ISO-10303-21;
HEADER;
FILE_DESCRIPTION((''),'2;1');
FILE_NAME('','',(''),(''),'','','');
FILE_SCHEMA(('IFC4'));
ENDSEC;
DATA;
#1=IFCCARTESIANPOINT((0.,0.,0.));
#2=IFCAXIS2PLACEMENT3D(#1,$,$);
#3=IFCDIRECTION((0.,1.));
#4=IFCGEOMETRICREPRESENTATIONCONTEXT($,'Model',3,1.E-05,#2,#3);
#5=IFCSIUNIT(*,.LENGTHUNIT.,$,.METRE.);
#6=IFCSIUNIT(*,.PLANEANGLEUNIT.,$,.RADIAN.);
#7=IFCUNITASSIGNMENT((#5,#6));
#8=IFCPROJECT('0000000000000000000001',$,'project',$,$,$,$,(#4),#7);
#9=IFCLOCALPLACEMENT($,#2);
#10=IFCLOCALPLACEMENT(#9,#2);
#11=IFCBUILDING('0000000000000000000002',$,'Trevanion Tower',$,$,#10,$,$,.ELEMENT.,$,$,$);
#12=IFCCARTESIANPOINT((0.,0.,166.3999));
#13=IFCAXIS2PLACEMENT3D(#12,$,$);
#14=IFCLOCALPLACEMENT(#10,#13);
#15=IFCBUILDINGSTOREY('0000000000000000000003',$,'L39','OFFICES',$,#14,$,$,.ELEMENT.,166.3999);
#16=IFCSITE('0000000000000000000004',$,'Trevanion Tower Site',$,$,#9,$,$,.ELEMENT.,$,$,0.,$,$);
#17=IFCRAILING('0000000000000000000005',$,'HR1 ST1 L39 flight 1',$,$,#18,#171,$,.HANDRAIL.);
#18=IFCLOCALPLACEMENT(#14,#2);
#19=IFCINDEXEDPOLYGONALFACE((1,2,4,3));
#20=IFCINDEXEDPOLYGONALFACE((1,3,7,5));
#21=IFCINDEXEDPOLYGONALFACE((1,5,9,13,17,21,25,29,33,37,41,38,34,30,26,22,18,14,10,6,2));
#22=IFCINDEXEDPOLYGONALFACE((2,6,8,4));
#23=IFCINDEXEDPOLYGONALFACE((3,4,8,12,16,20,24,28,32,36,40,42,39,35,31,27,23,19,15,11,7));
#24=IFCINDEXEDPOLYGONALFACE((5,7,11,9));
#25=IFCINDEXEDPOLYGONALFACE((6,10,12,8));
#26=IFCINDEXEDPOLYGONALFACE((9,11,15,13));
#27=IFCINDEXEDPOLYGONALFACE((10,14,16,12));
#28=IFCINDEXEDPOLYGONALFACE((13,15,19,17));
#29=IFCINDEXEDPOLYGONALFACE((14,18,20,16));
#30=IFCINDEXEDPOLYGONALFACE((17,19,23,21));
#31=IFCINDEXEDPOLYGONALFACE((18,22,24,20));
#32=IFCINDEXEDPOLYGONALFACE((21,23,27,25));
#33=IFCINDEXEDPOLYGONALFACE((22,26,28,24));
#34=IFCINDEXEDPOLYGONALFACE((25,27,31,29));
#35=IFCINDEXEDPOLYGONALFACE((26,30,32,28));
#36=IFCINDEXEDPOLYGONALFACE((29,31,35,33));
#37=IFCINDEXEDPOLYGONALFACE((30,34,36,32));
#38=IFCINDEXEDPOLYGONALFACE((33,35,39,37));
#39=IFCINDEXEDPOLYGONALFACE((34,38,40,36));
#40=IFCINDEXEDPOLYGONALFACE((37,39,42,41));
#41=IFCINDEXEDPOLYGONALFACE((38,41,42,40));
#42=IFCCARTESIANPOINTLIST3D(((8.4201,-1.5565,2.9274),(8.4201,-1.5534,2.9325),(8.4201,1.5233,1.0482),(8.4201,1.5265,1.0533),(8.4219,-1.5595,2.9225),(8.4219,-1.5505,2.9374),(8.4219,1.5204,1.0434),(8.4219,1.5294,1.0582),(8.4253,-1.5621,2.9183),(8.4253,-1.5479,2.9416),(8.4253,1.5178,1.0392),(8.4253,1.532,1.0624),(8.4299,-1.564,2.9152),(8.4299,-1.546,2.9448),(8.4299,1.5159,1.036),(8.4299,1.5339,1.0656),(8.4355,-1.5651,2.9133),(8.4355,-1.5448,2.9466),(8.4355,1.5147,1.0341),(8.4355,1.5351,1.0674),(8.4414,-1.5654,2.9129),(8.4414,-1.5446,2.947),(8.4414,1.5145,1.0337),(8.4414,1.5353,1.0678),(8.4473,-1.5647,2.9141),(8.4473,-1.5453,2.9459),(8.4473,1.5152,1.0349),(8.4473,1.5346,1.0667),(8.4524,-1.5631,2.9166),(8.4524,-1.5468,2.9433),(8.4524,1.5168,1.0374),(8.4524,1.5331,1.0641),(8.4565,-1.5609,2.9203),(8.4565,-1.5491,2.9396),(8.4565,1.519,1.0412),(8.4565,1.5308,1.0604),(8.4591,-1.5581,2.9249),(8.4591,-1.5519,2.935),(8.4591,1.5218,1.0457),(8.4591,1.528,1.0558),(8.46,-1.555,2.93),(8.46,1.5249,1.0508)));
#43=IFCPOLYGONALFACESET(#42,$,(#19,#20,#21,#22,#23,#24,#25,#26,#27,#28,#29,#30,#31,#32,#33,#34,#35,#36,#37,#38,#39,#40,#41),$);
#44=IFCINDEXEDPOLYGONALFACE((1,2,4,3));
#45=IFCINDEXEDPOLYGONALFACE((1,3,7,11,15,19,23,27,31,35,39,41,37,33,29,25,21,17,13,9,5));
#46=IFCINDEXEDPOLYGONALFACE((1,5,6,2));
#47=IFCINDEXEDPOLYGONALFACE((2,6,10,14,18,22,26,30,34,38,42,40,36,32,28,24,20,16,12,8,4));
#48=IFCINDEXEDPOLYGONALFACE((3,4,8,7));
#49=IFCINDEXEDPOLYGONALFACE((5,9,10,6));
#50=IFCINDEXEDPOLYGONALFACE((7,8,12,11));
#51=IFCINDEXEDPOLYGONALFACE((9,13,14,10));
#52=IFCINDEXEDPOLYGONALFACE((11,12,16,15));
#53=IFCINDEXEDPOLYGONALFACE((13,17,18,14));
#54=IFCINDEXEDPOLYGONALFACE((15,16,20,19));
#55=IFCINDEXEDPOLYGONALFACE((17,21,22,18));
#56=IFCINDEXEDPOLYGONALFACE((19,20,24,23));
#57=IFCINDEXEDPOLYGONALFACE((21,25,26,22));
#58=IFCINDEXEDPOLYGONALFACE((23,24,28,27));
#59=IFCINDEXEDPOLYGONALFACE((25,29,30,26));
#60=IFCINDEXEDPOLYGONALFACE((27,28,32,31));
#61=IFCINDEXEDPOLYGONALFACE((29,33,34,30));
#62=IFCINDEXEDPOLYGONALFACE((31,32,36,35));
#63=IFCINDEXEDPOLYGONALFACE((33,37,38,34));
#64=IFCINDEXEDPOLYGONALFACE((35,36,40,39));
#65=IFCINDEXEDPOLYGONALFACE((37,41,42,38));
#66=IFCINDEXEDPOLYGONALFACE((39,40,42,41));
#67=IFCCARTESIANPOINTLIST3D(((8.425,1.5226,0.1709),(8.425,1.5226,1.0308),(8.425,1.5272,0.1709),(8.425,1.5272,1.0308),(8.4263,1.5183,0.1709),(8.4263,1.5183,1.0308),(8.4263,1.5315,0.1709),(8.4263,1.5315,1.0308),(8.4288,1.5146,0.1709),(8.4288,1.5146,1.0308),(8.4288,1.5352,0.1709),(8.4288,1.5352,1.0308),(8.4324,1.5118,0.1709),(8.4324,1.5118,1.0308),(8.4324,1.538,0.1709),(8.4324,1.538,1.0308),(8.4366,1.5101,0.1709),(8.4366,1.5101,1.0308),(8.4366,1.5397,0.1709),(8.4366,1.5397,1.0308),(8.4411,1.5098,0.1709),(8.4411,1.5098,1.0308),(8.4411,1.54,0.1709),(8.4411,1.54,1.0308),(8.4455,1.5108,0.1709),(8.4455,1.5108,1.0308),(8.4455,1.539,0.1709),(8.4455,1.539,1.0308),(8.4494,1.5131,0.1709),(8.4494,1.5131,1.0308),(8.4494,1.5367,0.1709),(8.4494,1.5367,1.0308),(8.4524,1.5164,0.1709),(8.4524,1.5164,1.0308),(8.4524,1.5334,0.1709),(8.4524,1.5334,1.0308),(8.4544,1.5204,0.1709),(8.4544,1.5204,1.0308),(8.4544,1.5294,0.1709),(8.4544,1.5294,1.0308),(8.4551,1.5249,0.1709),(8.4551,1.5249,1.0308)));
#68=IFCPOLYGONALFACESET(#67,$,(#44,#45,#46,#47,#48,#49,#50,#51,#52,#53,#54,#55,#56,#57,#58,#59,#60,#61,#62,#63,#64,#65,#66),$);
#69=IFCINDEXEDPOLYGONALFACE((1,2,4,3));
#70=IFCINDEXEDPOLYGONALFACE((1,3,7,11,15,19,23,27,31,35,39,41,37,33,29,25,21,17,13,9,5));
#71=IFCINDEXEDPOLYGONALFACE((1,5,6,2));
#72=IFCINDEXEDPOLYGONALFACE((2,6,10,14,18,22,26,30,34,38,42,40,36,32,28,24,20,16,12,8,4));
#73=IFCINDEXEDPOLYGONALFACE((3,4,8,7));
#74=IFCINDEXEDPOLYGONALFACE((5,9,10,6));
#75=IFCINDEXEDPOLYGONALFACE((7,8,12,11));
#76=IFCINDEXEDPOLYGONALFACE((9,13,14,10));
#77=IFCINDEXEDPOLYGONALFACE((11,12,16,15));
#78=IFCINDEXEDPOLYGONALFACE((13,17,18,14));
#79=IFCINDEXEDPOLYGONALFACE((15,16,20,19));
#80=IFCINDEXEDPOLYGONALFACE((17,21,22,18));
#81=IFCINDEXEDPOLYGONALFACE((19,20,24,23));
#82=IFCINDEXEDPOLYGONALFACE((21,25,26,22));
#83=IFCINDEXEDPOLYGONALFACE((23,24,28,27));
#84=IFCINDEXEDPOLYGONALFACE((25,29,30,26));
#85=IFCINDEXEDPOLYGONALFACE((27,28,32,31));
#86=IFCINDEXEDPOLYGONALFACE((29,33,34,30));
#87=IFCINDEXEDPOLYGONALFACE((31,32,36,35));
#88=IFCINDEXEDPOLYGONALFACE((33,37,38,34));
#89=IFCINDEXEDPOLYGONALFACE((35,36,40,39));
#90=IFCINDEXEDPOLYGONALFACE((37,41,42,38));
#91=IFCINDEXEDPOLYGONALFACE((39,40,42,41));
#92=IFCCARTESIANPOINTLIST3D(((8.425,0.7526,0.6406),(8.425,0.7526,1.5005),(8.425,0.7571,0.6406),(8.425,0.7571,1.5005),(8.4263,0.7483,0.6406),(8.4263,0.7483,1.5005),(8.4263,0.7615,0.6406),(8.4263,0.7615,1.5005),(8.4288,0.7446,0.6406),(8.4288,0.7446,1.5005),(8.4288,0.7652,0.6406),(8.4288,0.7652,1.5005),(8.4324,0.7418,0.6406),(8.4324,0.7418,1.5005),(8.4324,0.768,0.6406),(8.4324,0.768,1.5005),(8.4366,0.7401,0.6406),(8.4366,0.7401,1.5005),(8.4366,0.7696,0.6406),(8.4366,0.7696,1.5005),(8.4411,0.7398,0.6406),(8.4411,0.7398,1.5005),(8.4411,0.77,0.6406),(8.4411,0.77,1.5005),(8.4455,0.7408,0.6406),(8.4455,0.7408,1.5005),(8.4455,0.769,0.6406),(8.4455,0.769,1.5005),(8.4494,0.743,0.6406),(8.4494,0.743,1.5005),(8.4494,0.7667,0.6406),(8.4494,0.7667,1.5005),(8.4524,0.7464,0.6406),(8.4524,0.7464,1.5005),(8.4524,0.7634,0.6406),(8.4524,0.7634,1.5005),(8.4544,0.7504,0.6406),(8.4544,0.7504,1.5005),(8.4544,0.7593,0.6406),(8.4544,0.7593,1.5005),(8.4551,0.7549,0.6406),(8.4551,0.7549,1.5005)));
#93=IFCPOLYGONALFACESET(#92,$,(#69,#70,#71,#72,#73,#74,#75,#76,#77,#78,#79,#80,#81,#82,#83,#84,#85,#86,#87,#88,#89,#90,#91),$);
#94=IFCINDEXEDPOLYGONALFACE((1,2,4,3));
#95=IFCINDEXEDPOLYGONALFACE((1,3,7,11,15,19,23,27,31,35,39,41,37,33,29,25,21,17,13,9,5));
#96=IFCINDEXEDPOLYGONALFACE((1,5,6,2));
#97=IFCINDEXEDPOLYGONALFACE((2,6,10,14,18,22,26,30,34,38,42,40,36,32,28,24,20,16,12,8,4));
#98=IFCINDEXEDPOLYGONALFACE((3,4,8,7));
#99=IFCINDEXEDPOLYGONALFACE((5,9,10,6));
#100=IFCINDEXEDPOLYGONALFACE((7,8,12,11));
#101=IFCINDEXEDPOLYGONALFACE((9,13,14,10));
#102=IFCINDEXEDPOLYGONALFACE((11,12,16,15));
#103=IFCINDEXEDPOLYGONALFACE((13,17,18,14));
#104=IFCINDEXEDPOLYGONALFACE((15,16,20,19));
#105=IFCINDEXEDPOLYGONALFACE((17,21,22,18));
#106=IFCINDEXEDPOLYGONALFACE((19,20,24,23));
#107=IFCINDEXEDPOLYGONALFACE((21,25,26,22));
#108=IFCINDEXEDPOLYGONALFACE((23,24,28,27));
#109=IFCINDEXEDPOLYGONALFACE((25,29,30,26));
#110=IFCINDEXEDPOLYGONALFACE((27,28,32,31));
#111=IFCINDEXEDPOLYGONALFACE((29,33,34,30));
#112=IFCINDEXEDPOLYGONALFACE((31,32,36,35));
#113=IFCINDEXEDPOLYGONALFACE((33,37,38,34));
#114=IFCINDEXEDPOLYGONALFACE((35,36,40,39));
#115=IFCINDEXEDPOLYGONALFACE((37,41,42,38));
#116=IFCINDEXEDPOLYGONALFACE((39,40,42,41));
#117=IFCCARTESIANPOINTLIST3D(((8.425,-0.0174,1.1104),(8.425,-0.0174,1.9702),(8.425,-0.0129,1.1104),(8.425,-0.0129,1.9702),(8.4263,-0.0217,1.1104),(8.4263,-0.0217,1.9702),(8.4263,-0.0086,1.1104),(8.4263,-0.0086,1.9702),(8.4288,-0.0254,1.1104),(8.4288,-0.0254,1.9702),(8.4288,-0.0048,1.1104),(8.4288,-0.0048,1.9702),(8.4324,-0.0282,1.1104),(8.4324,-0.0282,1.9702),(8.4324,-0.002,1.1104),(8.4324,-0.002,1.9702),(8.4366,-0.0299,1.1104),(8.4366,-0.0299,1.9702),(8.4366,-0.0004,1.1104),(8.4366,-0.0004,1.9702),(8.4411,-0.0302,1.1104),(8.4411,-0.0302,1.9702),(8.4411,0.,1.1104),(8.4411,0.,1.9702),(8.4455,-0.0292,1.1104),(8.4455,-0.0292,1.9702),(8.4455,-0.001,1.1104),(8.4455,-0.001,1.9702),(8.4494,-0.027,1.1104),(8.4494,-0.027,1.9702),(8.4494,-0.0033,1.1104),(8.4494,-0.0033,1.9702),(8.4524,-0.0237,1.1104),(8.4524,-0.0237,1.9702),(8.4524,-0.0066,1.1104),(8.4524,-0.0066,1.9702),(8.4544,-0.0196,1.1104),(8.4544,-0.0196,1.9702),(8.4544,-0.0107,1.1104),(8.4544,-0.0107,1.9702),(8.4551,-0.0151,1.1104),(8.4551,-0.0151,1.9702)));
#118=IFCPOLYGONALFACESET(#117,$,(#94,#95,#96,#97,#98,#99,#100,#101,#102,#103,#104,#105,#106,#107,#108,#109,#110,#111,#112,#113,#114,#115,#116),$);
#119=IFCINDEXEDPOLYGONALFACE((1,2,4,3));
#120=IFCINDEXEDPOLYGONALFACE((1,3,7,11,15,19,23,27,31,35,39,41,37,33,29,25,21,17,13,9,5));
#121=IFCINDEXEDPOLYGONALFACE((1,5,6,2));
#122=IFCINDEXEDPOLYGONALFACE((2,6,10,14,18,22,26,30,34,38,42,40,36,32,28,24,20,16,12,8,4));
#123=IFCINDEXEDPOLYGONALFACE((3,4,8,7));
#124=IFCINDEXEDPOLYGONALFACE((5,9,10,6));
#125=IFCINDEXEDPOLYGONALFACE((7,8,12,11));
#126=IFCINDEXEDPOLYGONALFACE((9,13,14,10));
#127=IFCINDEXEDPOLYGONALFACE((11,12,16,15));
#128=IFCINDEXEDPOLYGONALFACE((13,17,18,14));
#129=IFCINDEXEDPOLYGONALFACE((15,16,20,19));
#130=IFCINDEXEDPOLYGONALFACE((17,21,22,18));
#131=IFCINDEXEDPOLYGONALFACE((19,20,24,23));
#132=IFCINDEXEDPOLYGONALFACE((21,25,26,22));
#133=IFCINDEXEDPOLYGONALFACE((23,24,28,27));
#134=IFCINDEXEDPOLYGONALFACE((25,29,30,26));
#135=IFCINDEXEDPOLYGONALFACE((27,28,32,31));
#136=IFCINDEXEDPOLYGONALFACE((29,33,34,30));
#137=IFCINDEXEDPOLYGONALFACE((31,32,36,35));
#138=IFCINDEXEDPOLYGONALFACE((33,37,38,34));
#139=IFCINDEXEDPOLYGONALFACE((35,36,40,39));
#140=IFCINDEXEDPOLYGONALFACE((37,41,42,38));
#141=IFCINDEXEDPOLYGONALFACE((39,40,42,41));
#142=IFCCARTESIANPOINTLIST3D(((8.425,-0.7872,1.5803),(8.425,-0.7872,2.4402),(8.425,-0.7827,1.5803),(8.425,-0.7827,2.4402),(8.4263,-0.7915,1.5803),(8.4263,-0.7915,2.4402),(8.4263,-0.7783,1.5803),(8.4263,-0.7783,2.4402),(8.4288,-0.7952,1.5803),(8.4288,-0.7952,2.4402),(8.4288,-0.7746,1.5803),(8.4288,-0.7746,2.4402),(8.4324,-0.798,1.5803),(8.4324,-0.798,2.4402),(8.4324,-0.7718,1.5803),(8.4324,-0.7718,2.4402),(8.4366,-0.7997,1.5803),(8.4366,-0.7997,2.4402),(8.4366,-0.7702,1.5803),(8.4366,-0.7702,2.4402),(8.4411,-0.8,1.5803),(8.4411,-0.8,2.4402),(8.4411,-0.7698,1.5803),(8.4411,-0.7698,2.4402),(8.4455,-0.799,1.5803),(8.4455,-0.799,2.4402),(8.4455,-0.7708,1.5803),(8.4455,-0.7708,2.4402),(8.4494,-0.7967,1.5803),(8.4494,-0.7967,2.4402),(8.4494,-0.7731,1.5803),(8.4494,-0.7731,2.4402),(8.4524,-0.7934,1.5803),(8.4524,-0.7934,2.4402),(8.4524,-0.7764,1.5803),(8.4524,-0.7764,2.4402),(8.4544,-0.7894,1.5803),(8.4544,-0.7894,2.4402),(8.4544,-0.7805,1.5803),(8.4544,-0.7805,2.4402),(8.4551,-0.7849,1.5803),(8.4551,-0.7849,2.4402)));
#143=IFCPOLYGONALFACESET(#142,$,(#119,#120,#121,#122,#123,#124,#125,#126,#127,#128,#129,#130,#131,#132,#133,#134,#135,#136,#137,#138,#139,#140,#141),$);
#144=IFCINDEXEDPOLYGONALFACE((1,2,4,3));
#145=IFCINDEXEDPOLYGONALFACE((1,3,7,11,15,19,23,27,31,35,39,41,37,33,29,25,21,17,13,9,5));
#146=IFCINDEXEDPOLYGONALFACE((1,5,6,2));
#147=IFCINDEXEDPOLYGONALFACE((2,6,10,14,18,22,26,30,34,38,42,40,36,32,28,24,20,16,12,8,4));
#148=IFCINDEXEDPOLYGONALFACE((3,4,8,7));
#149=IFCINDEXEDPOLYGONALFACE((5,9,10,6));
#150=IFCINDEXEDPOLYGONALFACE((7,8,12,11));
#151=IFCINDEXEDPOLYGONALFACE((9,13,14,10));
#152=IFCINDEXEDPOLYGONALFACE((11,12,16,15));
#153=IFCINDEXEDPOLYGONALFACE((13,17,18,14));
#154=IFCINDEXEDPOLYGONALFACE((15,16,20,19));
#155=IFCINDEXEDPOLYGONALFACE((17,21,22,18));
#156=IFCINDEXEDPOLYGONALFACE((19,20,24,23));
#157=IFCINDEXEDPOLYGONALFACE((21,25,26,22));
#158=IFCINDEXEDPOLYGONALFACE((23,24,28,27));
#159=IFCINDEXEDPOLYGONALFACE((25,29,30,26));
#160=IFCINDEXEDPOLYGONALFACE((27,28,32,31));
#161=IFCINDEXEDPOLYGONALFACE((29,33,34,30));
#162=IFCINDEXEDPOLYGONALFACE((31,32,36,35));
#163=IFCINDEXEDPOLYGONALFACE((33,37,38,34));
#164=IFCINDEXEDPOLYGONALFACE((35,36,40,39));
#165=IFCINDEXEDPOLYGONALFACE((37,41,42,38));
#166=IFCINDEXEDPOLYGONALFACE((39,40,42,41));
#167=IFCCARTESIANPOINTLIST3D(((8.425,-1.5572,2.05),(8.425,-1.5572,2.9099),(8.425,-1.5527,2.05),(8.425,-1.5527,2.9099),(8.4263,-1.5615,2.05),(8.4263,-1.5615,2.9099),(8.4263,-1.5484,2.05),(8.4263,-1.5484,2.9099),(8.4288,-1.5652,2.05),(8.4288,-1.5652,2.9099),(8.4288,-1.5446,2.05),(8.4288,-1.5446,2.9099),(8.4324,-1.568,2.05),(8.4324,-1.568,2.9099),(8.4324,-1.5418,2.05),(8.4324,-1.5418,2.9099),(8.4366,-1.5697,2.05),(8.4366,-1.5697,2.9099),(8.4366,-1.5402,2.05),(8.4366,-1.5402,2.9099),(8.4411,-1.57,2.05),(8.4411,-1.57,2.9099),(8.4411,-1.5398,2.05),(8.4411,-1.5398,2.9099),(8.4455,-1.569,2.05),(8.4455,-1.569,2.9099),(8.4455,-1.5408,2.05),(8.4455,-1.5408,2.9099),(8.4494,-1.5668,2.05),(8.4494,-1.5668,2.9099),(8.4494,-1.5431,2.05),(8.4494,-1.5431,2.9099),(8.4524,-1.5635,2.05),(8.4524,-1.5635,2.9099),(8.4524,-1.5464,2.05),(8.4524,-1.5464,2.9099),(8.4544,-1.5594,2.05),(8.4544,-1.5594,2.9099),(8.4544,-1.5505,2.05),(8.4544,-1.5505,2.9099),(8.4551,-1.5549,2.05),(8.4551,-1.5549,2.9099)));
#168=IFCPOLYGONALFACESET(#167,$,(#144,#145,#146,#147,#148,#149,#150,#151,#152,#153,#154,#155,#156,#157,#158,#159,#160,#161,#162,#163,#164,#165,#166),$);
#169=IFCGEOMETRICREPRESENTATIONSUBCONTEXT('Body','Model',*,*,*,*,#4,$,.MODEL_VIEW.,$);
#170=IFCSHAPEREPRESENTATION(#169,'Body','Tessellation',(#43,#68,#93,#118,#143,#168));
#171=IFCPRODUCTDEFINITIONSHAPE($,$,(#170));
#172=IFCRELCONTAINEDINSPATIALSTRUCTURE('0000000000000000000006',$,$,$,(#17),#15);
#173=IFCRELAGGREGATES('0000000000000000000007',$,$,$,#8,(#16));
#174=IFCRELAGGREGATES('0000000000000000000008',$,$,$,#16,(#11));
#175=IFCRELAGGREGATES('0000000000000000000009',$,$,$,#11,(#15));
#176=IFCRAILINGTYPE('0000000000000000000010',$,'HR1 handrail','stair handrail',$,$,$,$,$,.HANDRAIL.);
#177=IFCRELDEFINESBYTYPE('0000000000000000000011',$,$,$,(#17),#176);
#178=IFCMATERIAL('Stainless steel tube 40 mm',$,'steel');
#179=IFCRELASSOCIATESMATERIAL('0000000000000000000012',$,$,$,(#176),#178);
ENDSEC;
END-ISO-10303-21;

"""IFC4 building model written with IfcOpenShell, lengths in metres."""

from ifc_helpers import new_model, si_unit, direction, frame, origin, origin_2d, place, context, subcontext, project, spatial, circle, extrude, material, type_object, element, save


model = new_model("IFC4")

# Units and contexts
model_context = context("Model", 3, precision=1e-05, world=origin(), true_north=direction((0.0, 1.0)))
body_context = subcontext(model_context, "Body", "Model", "MODEL_VIEW")
ifc_project = project(units=[si_unit("LENGTHUNIT", "METRE"), si_unit("PLANEANGLEUNIT", "RADIAN")], contexts=[model_context])

# Site, building, storey
site_placement = place(None, origin())
site = spatial("IfcSite", under=ifc_project, at=site_placement, Name="Trevanion Tower Site", CompositionType="ELEMENT", RefElevation=0.0)
building_placement = place(site_placement, origin())
building = spatial("IfcBuilding", under=site, at=building_placement, Name="Trevanion Tower", CompositionType="ELEMENT")
storey_placement = place(building_placement, frame((0.0, 0.0, 166.3999)))
storey = spatial("IfcBuildingStorey", under=building, at=storey_placement, Name="L39", Description="OFFICES", CompositionType="ELEMENT", Elevation=166.3999)

# Railing
ifc_material_1 = material(Name="Stainless steel tube 40 mm", Category="steel")
railing_type = type_object("IfcRailingType", Name="HR1 handrail", Description="stair handrail", PredefinedType="HANDRAIL", material=ifc_material_1)
for number, where, name in (
    (1, (8.4399, 1.5249, 0.1709), "HR1 ST1 L39 flight 1"),
):
    element("IfcRailing", number, at=place(storey_placement, frame(where)), inside=storey, type_object=railing_type, Name=name, PredefinedType="HANDRAIL", context=body_context, shape_type="SweptSolid", body=[
        extrude(circle(Radius=0.02, at=origin_2d()), frame((0.0, 0.0, 0.8799), z_axis=(0.0, -0.853648, 0.52085), x_axis=(1.0, 0.0, 0.0)), (0.0, 0.0, 1.0), 3.6079),
        extrude(circle(Radius=0.0151, at=origin_2d()), origin(), (0.0, 0.0, 1.0), 0.8599),
        extrude(circle(Radius=0.0151, at=origin_2d()), frame((0.0, -0.77, 0.4697)), (0.0, 0.0, 1.0), 0.8599),
        extrude(circle(Radius=0.0151, at=origin_2d()), frame((0.0, -1.54, 0.9395)), (0.0, 0.0, 1.0), 0.8599),
        extrude(circle(Radius=0.0151, at=origin_2d()), frame((0.0, -2.3098, 1.4094)), (0.0, 0.0, 1.0), 0.8599),
        extrude(circle(Radius=0.0151, at=origin_2d()), frame((0.0, -3.0798, 1.8792)), (0.0, 0.0, 1.0), 0.8599),
    ])

save(model, "model.ifc")
